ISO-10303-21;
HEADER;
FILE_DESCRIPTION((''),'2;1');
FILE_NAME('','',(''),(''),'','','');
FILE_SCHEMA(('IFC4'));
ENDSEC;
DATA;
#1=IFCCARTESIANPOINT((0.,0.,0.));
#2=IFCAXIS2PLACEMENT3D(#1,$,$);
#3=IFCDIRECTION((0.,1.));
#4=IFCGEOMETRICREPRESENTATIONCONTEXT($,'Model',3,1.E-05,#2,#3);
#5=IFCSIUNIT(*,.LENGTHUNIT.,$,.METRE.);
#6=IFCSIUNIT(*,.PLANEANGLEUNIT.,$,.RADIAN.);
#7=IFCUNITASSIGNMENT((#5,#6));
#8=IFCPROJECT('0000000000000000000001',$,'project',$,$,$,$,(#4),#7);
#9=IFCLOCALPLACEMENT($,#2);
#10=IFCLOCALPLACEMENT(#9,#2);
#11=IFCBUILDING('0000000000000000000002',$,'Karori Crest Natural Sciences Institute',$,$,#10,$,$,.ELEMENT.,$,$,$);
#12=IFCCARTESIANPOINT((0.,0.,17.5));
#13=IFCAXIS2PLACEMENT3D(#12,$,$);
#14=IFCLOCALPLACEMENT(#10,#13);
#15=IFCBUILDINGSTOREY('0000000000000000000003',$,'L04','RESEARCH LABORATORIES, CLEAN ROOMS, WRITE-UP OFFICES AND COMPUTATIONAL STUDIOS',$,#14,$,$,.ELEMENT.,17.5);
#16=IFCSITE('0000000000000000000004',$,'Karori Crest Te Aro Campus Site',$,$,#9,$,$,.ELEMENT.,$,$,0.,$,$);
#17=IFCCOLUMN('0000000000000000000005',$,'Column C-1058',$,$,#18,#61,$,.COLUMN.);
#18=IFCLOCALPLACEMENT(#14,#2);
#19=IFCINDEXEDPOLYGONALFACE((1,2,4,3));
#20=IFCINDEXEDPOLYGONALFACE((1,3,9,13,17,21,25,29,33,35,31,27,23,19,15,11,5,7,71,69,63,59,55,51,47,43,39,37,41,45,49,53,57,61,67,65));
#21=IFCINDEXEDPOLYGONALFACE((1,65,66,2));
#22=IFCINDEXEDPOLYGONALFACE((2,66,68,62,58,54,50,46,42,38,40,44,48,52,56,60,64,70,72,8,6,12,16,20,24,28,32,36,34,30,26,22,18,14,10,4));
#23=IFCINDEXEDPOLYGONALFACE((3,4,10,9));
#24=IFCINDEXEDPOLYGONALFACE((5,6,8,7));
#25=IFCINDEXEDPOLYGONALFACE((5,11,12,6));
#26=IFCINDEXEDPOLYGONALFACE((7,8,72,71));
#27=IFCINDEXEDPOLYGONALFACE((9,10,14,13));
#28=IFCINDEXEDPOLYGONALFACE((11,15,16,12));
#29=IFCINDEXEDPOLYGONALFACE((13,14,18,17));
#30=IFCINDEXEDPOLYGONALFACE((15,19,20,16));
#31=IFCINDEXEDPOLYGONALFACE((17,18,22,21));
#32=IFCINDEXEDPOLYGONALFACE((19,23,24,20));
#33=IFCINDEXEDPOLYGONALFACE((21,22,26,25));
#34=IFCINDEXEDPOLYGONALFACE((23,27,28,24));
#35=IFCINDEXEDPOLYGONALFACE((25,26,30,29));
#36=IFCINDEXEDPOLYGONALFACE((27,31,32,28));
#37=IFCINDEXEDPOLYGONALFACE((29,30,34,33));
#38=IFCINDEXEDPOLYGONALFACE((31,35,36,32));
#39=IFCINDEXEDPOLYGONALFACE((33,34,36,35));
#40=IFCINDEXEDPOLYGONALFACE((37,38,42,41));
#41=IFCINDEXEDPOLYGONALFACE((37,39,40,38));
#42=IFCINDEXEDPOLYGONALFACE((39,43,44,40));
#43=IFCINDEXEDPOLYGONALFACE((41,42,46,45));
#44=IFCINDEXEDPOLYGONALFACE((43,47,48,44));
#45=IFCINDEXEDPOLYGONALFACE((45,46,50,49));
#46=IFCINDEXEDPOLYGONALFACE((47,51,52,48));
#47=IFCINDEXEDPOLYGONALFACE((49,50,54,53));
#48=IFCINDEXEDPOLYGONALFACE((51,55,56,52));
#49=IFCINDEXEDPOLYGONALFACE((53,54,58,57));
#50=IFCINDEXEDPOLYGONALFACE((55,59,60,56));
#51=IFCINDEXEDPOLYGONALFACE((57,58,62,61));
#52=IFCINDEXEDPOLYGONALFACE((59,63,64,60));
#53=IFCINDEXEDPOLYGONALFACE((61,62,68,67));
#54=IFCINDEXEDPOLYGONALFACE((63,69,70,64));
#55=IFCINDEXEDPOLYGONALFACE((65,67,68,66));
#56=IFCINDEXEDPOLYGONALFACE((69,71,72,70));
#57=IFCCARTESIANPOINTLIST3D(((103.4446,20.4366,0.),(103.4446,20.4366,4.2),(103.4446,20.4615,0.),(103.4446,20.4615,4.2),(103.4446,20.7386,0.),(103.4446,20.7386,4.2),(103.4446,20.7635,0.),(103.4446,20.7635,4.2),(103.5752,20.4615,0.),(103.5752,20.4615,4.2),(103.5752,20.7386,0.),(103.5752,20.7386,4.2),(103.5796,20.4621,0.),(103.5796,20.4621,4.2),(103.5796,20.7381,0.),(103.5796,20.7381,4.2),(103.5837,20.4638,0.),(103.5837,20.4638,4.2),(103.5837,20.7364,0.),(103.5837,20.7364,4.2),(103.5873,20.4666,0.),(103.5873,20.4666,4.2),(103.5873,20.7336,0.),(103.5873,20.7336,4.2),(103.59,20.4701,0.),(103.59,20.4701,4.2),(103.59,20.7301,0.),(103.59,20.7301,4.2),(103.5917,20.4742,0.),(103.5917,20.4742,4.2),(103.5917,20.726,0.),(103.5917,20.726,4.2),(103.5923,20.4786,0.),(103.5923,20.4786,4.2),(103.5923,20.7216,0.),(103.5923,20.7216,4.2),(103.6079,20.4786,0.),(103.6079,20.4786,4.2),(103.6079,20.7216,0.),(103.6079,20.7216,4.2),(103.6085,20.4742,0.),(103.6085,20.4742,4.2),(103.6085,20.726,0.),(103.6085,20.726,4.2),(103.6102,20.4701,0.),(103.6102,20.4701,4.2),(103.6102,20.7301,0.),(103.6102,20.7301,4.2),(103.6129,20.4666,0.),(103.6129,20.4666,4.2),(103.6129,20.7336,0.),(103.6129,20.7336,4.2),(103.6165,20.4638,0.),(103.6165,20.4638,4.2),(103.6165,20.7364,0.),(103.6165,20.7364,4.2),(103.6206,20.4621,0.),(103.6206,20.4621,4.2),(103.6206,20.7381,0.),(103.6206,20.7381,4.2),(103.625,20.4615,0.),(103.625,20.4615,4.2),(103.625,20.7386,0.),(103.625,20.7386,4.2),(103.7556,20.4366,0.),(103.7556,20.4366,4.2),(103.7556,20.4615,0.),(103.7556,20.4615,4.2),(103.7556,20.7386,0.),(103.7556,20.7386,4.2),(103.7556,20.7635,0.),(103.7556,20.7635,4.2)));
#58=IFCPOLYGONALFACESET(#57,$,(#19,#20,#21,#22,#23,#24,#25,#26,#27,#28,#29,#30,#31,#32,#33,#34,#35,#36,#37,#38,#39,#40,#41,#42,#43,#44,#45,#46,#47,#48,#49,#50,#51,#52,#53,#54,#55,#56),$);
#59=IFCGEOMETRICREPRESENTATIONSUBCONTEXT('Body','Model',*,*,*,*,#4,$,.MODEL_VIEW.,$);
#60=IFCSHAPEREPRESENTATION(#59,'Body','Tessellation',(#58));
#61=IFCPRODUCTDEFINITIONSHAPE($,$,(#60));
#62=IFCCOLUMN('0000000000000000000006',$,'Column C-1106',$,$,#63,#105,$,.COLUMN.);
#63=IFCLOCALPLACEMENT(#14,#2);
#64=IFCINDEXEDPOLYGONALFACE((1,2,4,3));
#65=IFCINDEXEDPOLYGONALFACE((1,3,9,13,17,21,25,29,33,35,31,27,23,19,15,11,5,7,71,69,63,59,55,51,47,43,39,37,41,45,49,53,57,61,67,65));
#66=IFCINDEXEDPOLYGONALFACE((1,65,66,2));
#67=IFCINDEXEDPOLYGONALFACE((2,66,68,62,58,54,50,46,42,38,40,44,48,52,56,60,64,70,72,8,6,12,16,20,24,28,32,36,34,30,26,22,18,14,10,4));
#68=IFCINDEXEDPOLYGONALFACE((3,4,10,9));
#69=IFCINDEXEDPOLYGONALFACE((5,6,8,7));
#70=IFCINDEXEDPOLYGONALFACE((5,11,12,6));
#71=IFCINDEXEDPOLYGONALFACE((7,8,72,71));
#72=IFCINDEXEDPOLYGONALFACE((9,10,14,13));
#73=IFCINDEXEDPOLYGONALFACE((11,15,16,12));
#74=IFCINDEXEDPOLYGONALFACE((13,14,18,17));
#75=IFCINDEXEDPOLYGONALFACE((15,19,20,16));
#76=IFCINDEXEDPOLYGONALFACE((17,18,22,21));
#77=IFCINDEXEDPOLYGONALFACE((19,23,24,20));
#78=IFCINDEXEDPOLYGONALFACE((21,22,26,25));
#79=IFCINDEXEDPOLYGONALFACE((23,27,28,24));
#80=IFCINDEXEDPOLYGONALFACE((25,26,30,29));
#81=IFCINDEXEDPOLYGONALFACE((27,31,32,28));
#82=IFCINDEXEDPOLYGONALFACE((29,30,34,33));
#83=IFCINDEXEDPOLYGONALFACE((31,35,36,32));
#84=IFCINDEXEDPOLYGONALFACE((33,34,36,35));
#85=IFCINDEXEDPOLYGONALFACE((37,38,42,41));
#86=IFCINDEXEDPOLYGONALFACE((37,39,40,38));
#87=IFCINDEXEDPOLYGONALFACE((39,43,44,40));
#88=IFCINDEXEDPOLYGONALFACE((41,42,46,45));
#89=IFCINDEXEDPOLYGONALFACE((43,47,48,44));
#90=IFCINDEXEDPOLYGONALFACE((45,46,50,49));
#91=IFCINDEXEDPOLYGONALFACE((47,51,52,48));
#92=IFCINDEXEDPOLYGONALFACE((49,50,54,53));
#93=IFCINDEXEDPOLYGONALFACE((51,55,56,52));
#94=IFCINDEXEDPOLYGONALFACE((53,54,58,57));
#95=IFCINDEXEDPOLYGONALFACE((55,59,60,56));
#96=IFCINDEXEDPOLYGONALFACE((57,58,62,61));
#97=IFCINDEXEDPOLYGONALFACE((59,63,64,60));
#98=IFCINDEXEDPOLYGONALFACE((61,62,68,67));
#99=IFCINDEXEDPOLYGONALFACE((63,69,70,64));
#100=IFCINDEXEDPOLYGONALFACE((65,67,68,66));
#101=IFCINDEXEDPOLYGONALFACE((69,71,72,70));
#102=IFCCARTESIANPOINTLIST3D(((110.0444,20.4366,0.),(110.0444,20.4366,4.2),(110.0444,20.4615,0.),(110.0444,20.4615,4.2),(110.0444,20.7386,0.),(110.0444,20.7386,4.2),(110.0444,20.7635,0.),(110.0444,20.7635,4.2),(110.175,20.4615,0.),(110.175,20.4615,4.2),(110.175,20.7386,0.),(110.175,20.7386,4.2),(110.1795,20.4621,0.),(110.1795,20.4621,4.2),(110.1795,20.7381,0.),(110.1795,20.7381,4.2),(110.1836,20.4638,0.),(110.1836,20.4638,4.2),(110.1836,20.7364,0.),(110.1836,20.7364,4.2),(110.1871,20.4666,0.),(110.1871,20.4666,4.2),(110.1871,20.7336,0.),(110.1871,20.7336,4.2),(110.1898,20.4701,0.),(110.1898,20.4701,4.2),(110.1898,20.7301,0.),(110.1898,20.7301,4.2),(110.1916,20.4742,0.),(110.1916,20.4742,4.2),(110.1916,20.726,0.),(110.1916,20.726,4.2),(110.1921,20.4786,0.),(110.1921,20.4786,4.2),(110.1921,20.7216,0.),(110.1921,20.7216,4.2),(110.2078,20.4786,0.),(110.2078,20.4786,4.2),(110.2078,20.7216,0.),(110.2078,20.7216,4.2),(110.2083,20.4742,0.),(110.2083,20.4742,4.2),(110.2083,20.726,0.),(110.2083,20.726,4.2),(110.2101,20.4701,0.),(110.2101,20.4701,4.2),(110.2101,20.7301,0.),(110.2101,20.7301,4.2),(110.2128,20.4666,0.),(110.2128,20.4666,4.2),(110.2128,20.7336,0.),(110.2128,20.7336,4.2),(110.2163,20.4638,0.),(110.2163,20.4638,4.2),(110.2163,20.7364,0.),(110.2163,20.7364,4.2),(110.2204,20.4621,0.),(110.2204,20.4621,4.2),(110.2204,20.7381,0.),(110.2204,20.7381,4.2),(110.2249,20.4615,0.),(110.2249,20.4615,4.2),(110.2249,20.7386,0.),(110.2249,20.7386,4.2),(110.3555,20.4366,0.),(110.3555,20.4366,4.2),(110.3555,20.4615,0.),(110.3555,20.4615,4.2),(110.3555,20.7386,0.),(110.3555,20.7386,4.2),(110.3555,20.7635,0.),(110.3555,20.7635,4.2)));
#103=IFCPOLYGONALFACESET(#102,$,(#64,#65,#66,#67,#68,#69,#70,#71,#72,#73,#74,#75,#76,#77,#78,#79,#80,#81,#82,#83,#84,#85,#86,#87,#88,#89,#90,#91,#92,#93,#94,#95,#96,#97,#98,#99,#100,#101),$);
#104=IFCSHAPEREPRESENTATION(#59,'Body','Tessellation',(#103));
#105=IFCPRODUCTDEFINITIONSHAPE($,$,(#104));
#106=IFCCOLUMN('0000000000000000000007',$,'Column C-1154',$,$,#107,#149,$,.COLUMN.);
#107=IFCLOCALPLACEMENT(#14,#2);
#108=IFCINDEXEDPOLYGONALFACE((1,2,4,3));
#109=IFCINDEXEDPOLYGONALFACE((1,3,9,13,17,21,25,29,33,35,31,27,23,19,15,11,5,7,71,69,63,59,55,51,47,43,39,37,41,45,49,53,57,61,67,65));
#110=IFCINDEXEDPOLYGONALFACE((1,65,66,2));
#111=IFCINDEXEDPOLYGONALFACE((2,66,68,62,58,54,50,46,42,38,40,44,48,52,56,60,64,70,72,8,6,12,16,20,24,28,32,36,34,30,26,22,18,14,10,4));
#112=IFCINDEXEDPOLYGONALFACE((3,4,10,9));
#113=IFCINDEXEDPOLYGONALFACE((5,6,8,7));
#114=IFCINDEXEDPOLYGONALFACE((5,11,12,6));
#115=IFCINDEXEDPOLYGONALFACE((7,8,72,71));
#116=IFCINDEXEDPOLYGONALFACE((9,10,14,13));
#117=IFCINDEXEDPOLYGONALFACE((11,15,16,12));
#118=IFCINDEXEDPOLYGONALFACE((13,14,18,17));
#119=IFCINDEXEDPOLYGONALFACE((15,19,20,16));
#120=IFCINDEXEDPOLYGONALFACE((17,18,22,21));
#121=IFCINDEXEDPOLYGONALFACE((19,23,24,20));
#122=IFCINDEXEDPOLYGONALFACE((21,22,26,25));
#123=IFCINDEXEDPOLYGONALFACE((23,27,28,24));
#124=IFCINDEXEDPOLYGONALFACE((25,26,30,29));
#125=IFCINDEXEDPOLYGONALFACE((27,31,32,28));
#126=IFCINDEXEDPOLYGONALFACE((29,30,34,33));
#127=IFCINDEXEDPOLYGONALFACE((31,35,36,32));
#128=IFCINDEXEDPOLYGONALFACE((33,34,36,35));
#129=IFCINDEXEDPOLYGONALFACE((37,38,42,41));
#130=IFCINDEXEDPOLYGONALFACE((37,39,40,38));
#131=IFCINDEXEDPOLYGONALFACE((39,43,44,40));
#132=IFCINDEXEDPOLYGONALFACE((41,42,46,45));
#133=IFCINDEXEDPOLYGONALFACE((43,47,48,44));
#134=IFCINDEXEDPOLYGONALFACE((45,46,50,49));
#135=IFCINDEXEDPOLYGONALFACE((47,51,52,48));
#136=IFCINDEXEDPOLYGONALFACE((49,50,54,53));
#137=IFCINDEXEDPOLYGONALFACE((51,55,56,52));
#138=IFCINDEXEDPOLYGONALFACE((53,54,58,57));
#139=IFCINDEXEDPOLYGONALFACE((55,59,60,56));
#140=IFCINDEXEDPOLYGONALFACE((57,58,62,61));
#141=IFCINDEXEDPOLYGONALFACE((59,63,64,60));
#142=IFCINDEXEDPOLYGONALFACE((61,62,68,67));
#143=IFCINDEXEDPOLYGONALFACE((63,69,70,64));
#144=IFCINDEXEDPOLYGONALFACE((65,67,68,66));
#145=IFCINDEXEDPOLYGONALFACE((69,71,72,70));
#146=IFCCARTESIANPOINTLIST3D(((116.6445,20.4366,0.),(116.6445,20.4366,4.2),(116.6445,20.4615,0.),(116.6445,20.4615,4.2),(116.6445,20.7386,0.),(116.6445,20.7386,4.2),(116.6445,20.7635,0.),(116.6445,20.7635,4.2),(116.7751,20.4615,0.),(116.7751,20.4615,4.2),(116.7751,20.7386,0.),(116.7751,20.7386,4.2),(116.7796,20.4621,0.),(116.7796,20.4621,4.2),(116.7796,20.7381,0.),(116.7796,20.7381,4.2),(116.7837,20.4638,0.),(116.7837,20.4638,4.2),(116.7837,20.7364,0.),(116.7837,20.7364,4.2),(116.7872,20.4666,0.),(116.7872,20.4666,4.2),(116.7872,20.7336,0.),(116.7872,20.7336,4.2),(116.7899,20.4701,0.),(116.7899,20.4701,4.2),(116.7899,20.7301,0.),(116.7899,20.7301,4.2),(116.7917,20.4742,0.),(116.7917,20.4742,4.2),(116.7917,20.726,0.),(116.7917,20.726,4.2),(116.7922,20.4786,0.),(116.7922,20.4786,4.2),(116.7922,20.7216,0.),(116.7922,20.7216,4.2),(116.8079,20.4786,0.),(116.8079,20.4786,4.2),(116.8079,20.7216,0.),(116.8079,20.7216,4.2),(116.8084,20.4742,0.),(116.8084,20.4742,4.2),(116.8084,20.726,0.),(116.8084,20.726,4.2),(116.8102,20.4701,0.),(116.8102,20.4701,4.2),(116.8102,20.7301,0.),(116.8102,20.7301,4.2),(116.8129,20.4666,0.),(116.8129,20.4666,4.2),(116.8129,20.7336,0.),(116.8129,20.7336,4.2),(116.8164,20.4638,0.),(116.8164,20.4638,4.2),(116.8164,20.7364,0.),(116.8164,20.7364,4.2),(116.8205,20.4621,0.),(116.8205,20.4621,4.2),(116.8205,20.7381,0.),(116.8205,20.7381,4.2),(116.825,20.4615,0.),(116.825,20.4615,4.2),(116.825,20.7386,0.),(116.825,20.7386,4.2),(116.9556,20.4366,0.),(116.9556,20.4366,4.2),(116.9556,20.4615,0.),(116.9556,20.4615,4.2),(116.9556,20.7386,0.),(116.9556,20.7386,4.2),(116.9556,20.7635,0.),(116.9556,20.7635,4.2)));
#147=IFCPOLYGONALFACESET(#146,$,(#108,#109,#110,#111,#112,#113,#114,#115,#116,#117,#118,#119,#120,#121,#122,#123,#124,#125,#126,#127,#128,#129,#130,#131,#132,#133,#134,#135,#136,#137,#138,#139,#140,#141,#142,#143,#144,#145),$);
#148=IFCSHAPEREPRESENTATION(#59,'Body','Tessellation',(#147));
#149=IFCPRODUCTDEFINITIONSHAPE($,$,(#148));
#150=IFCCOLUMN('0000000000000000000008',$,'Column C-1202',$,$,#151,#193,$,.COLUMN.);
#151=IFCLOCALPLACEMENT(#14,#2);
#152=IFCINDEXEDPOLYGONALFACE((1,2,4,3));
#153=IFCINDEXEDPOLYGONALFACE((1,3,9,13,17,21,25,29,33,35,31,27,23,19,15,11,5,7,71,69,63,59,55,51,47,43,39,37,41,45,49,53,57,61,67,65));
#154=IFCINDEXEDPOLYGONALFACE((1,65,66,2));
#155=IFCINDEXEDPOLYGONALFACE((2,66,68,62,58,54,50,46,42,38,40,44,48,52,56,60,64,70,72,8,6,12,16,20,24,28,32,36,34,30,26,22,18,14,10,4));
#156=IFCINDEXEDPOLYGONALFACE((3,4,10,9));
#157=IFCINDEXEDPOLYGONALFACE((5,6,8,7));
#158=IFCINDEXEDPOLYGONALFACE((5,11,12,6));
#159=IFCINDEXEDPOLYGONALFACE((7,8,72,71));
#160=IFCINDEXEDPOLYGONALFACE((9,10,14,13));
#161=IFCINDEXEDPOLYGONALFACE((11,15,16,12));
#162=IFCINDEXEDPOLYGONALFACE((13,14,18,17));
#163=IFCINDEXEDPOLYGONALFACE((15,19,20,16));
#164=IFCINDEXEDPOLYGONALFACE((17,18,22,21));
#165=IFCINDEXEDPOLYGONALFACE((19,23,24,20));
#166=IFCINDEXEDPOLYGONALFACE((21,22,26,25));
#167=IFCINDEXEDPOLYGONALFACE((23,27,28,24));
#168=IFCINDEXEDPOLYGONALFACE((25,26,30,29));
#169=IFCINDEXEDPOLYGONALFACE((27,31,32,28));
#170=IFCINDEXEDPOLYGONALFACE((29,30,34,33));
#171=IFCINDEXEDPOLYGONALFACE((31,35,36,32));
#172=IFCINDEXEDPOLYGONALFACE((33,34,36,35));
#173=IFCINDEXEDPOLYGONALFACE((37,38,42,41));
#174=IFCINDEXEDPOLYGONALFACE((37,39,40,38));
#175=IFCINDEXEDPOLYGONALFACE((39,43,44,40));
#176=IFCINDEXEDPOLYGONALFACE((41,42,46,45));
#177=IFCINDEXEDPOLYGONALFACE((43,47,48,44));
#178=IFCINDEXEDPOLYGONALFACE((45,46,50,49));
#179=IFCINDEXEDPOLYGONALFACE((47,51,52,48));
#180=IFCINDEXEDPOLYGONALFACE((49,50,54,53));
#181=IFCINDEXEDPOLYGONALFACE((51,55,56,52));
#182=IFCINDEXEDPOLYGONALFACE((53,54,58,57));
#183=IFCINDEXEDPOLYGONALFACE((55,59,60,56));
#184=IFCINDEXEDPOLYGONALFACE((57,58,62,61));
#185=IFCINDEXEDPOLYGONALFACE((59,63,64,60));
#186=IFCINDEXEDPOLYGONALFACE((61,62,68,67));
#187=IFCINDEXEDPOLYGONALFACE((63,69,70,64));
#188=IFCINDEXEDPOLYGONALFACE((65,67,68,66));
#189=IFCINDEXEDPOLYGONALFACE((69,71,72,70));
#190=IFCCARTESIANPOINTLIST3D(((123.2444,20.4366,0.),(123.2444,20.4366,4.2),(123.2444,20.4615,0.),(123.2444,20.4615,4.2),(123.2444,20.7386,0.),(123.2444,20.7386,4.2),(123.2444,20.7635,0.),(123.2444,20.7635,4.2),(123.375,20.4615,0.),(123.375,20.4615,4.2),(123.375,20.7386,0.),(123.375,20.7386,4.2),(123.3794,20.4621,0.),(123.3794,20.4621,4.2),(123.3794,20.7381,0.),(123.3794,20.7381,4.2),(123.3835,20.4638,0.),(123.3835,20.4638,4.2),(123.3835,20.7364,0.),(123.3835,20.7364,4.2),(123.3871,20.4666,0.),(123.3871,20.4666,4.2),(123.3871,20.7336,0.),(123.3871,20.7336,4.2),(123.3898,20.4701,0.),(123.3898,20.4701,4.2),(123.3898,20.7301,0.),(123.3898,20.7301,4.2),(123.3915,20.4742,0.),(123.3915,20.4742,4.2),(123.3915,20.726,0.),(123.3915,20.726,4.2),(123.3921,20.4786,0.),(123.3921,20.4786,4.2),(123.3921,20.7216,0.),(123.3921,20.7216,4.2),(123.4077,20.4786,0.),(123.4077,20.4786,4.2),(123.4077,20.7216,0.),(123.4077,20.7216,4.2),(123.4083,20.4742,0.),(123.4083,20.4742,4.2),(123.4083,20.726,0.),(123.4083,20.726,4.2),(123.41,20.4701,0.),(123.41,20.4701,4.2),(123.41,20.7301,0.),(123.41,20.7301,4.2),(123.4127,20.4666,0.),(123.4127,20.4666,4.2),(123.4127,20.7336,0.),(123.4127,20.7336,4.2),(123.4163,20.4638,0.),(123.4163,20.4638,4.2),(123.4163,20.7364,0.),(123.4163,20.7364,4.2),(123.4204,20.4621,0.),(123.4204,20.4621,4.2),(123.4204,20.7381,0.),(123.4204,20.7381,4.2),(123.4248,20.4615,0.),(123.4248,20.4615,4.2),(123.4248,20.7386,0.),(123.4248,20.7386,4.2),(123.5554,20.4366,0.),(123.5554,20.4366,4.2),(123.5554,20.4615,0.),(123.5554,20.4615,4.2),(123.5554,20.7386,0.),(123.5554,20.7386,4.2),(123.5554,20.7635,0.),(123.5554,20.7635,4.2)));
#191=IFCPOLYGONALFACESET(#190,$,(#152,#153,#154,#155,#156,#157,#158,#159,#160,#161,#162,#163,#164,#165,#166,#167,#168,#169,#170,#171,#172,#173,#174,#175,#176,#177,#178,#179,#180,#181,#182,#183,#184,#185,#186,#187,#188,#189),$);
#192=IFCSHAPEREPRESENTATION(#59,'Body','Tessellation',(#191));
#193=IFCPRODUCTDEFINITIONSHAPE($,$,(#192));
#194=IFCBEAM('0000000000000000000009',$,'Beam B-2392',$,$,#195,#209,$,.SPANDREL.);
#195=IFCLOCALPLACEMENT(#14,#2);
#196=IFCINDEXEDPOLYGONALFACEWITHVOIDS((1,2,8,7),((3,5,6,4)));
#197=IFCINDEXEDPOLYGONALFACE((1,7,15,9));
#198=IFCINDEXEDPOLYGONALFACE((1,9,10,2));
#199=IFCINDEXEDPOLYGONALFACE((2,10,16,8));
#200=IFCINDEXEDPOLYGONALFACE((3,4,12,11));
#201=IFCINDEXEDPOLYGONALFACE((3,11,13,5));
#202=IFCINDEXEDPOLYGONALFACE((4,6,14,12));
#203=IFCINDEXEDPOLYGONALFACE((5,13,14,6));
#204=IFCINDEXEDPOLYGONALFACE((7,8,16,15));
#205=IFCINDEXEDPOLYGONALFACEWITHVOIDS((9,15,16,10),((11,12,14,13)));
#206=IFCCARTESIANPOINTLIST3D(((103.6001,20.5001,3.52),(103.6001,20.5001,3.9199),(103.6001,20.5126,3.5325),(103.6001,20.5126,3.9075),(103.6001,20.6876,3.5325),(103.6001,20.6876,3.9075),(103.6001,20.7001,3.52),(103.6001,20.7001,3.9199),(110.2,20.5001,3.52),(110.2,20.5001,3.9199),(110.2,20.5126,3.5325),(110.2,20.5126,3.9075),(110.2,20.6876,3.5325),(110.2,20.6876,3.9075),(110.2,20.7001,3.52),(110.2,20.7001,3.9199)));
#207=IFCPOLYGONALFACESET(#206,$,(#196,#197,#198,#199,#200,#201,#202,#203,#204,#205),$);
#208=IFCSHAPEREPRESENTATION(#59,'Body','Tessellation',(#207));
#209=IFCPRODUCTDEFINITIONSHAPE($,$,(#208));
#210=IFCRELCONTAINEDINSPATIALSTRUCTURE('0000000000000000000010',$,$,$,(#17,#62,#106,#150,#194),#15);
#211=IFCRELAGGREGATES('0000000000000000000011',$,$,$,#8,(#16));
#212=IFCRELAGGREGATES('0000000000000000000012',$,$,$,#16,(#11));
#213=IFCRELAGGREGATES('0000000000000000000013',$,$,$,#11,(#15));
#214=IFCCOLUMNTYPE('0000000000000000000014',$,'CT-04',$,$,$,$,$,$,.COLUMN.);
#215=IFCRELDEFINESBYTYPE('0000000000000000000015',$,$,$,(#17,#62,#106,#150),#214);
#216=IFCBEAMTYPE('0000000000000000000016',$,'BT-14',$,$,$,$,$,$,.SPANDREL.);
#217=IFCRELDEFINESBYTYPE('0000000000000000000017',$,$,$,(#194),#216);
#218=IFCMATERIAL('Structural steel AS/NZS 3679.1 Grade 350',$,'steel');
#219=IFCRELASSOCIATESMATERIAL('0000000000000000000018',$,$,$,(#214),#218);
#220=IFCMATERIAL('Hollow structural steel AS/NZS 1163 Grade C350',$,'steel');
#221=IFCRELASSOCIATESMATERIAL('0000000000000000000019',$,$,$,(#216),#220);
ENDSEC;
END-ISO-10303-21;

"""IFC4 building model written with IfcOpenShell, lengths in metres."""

from ifc_helpers import new_model, si_unit, direction, frame, origin, origin_2d, place, context, subcontext, project, spatial, hollow_rectangle, i_section, extrude, material, material_profile, profile_set, type_object, element, save


model = new_model("IFC4")

# Units and contexts
model_context = context("Model", 3, precision=1e-05, world=origin(), true_north=direction((0.0, 1.0)))
body_context = subcontext(model_context, "Body", "Model", "MODEL_VIEW")
ifc_project = project(units=[si_unit("LENGTHUNIT", "METRE"), si_unit("PLANEANGLEUNIT", "RADIAN")], contexts=[model_context])

# Site, building, storey
site_placement = place(None, origin())
site = spatial("IfcSite", under=ifc_project, at=site_placement, Name="Karori Crest Te Aro Campus Site", CompositionType="ELEMENT", RefElevation=0.0)
building_placement = place(site_placement, origin())
building = spatial("IfcBuilding", under=site, at=building_placement, Name="Karori Crest Natural Sciences Institute", CompositionType="ELEMENT")
storey_placement = place(building_placement, frame((0.0, 0.0, 17.5)))
storey = spatial("IfcBuildingStorey", under=building, at=storey_placement, Name="L04", Description="RESEARCH LABORATORIES, CLEAN ROOMS, WRITE-UP OFFICES AND COMPUTATIONAL STUDIOS", CompositionType="ELEMENT", Elevation=17.5)

# Columns
ifc_material_1 = material(Name="Structural steel AS/NZS 3679.1 Grade 350", Category="steel")
ifc_material_profile_1 = material_profile(ifc_material_1, i_section(OverallWidth=0.311, OverallDepth=0.3269, WebThickness=0.0156, FlangeThickness=0.0249, FilletRadius=0.0171, at=origin_2d()), Name="310UC158")
ifc_profile_set_1 = profile_set([ifc_material_profile_1], Name="Structural steel AS/NZS 3679.1 Grade 350")
column_type = type_object("IfcColumnType", Name="CT-04", PredefinedType="COLUMN", material=ifc_profile_set_1)
for number, where, z_axis, x_axis, name in (
    (1, (103.6001, 20.6001, 0.0), (0.0, 0.0, 1.0), (1.0, 0.0, 0.0), "Column C-1058"),
    (2, (110.2, 20.6001, 0.0), (0.0, 0.0, 1.0), (1.0, 0.0, 0.0), "Column C-1106"),
    (3, (116.8, 20.6001, 0.0), (0.0, 0.0, 1.0), (1.0, 0.0, 0.0), "Column C-1154"),
    (4, (123.3999, 20.6001, 0.0), (0.0, 0.0, 1.0), (1.0, 0.0, 0.0), "Column C-1202"),
):
    element("IfcColumn", number, at=place(storey_placement, frame(where, z_axis=z_axis, x_axis=x_axis)), inside=storey, type_object=column_type, Name=name, PredefinedType="COLUMN", context=body_context, shape_type="SweptSolid", body=[
        extrude(i_section(OverallWidth=0.311, OverallDepth=0.3269, WebThickness=0.0156, FlangeThickness=0.0249, FilletRadius=0.0171, at=origin_2d()), origin(), (0.0, 0.0, 1.0), 4.2),
    ])

# Beam
ifc_material_2 = material(Name="Hollow structural steel AS/NZS 1163 Grade C350", Category="steel")
ifc_material_profile_2 = material_profile(ifc_material_2, hollow_rectangle(XDim=0.2, YDim=0.3999, WallThickness=0.0125, at=origin_2d()), Name="RHS400x200x12.5")
ifc_profile_set_2 = profile_set([ifc_material_profile_2], Name="Hollow structural steel AS/NZS 1163 Grade C350")
beam_type = type_object("IfcBeamType", Name="BT-14", PredefinedType="SPANDREL", material=ifc_profile_set_2)
beam_1_placement = place(storey_placement, frame((103.6001, 20.6001, 3.72), z_axis=(1.0, 0.0, 0.0), x_axis=(0.0, 1.0, 0.0)))
element("IfcBeam", 5, at=beam_1_placement, inside=storey, type_object=beam_type, Name="Beam B-2392", PredefinedType="SPANDREL", context=body_context, shape_type="SweptSolid", body=[
    extrude(hollow_rectangle(XDim=0.2, YDim=0.3999, WallThickness=0.0125, at=origin_2d()), origin(), (0.0, 0.0, 1.0), 6.5999),
])

save(model, "model.ifc")
